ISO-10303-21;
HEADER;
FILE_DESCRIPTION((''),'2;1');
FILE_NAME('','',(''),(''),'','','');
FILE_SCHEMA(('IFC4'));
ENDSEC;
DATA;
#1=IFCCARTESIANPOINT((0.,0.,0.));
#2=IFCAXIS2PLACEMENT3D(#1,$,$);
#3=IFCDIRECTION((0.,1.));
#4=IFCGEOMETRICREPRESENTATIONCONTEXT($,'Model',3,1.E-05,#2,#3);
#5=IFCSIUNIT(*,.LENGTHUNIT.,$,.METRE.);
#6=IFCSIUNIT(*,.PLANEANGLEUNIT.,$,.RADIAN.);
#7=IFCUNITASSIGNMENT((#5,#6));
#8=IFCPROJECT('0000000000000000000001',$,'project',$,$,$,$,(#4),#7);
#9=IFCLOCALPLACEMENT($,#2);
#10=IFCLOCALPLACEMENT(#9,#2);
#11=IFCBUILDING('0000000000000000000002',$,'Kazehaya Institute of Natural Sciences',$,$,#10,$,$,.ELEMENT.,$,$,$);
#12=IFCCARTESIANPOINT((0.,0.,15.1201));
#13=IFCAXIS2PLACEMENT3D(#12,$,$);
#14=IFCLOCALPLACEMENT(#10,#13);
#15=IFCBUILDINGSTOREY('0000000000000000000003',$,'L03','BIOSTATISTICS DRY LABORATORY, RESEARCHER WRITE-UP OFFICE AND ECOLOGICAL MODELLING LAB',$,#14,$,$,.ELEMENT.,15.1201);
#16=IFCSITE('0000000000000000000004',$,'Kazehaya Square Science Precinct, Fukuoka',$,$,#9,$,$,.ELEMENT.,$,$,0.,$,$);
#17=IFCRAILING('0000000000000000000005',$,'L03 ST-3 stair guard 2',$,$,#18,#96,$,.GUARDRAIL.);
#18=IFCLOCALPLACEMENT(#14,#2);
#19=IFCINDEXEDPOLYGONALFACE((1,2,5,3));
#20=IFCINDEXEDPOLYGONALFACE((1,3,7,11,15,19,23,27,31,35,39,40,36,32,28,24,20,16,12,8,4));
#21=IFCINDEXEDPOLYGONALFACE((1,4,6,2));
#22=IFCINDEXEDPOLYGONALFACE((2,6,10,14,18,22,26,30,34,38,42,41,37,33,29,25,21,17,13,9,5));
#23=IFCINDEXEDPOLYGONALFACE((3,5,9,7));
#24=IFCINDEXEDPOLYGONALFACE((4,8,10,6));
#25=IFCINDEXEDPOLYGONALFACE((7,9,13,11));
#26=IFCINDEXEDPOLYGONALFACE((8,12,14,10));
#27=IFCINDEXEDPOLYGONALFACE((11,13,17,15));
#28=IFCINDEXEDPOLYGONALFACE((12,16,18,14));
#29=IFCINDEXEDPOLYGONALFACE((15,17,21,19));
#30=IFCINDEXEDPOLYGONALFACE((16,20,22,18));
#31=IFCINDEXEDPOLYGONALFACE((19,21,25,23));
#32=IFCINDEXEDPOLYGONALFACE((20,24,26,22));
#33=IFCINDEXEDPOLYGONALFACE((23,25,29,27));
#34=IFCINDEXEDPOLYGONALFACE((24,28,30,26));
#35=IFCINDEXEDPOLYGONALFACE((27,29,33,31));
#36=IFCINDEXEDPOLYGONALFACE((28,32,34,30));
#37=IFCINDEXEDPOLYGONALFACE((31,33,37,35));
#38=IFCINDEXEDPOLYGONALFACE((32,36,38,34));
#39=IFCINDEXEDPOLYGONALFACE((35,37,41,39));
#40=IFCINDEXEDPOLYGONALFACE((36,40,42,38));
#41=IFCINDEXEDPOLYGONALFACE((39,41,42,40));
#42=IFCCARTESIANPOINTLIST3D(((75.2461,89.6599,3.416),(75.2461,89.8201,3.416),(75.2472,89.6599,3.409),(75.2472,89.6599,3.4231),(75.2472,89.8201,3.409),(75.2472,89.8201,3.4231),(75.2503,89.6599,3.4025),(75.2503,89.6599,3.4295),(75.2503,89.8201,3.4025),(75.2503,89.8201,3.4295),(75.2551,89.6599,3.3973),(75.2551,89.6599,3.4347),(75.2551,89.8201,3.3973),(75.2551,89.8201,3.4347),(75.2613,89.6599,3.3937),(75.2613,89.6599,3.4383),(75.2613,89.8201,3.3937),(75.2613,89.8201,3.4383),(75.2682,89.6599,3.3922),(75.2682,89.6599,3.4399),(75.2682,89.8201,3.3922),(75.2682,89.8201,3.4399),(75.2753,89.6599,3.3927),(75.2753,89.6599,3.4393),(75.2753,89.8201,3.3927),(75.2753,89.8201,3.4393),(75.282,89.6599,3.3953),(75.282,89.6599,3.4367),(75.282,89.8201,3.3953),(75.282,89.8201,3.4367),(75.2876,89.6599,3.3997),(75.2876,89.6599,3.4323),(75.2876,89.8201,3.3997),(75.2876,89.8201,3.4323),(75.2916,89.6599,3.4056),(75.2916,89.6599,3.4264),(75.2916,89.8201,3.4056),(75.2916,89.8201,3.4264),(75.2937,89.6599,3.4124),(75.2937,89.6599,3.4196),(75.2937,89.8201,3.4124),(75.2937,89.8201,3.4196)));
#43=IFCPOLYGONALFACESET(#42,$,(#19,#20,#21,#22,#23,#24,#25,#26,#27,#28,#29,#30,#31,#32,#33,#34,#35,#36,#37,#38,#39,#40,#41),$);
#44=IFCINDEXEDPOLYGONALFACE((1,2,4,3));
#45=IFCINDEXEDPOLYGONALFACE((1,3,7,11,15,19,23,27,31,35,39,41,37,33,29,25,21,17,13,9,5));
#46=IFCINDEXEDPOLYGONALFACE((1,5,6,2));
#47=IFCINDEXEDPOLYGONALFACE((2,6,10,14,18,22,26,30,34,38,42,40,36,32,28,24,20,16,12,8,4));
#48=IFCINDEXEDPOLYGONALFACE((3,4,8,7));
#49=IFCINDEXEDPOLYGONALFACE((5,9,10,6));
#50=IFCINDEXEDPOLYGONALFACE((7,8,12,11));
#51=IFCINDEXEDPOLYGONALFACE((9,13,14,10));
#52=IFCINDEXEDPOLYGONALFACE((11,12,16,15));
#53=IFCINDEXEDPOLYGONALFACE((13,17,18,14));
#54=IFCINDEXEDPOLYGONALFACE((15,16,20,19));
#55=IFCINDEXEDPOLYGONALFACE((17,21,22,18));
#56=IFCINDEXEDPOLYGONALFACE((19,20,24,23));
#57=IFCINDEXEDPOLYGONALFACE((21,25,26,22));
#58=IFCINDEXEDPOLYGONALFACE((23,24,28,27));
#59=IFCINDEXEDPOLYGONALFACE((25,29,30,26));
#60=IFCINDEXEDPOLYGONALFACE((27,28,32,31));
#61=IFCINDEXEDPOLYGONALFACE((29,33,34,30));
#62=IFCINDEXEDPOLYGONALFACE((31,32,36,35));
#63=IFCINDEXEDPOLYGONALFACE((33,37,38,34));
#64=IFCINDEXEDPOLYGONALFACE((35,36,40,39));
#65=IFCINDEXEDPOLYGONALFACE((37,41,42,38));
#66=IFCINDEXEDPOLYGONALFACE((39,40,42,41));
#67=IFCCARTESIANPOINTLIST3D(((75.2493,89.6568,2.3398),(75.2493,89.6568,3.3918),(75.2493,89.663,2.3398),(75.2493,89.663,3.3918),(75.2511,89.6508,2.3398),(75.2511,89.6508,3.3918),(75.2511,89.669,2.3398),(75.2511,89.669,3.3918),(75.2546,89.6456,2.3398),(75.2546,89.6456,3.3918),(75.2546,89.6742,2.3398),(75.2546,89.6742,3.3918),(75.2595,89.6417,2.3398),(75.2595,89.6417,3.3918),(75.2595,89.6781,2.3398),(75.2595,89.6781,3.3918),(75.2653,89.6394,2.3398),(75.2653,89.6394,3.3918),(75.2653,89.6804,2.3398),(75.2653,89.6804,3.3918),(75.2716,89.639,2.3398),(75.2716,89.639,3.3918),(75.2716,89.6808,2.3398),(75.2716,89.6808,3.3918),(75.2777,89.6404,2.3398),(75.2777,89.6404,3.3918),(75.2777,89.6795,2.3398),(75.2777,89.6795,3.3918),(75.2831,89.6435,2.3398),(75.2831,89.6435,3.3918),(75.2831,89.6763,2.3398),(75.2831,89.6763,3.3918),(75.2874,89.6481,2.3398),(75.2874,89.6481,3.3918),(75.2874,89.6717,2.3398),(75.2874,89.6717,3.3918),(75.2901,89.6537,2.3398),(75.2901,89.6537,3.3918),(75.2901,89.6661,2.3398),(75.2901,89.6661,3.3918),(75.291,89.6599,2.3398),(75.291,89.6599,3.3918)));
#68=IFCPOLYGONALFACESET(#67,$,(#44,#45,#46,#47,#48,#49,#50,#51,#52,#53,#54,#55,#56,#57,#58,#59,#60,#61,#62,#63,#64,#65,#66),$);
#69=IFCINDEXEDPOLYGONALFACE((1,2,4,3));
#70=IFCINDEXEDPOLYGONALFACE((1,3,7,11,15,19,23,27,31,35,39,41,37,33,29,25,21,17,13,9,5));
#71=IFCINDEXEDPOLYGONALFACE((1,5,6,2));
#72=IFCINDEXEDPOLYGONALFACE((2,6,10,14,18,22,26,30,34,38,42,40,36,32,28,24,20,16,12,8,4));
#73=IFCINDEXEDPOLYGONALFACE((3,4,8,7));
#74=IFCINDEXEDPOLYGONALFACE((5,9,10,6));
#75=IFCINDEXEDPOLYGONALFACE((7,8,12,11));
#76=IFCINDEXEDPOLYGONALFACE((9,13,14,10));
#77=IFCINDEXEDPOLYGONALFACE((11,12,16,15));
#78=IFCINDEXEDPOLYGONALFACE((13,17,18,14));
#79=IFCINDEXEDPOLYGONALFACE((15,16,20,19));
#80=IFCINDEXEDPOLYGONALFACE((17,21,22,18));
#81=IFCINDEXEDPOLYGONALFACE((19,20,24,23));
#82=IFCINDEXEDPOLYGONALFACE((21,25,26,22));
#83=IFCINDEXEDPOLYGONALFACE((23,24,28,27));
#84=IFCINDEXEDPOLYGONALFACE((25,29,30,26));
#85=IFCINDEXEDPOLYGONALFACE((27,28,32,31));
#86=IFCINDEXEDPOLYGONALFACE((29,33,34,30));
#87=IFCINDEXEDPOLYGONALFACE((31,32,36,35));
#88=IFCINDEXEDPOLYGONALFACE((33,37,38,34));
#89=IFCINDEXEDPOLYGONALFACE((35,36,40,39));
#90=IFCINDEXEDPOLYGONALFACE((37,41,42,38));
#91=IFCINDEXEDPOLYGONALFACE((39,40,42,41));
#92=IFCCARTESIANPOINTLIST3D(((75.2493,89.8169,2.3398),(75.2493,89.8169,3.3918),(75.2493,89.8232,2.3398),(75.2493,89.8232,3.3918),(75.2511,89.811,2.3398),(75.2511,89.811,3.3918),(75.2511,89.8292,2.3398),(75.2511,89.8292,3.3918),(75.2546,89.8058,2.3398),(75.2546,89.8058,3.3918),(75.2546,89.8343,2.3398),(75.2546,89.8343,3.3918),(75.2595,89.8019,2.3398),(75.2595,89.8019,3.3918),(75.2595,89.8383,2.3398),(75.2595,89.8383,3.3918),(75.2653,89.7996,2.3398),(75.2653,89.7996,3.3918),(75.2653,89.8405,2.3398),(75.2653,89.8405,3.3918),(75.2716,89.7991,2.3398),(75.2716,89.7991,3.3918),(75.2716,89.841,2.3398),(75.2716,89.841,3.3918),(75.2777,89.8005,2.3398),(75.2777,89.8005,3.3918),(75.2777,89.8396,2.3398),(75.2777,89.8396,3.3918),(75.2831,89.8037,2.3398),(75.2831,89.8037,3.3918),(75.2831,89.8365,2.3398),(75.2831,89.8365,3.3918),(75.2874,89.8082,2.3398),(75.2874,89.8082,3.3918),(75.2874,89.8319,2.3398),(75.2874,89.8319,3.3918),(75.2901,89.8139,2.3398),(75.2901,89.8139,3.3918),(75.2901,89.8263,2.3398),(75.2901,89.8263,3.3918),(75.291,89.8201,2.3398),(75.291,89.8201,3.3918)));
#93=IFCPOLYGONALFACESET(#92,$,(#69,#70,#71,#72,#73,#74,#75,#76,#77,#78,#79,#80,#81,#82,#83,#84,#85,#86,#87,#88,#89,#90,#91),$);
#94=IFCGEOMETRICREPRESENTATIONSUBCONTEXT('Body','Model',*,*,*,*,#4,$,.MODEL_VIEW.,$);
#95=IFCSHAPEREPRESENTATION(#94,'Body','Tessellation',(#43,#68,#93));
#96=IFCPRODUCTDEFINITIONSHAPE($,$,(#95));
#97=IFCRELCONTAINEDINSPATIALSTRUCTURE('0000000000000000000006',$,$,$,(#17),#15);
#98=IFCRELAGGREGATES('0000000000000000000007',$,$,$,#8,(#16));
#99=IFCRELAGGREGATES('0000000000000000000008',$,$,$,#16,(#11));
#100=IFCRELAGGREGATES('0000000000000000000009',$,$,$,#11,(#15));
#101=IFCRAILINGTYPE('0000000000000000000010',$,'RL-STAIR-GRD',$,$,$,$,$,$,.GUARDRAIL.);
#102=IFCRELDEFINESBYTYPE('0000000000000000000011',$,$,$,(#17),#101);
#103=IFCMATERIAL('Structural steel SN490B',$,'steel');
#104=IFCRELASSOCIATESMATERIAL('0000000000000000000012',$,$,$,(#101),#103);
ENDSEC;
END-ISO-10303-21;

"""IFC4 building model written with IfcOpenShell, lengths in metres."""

from ifc_helpers import new_model, si_unit, direction, frame, origin, origin_2d, place, context, subcontext, project, spatial, circle, extrude, material, type_object, element, save


model = new_model("IFC4")

# Units and contexts
model_context = context("Model", 3, precision=1e-05, world=origin(), true_north=direction((0.0, 1.0)))
body_context = subcontext(model_context, "Body", "Model", "MODEL_VIEW")
ifc_project = project(units=[si_unit("LENGTHUNIT", "METRE"), si_unit("PLANEANGLEUNIT", "RADIAN")], contexts=[model_context])

# Site, building, storey
site_placement = place(None, origin())
site = spatial("IfcSite", under=ifc_project, at=site_placement, Name="Kazehaya Square Science Precinct, Fukuoka", CompositionType="ELEMENT", RefElevation=0.0)
building_placement = place(site_placement, origin())
building = spatial("IfcBuilding", under=site, at=building_placement, Name="Kazehaya Institute of Natural Sciences", CompositionType="ELEMENT")
storey_placement = place(building_placement, frame((0.0, 0.0, 15.1201)))
storey = spatial("IfcBuildingStorey", under=building, at=storey_placement, Name="L03", Description="BIOSTATISTICS DRY LABORATORY, RESEARCHER WRITE-UP OFFICE AND ECOLOGICAL MODELLING LAB", CompositionType="ELEMENT", Elevation=15.1201)

# Railing
ifc_material_1 = material(Name="Structural steel SN490B", Category="steel")
railing_type_1 = type_object("IfcRailingType", Name="RL-STAIR-GRD", PredefinedType="GUARDRAIL", material=ifc_material_1)
railing_1_placement = place(storey_placement, frame((75.27, 89.6599, 2.3398)))
element("IfcRailing", 1, at=railing_1_placement, inside=storey, type_object=railing_type_1, Name="L03 ST-3 stair guard 2", PredefinedType="GUARDRAIL", context=body_context, shape_type="SweptSolid", body=[
    extrude(circle(Radius=0.0239, at=origin_2d()), frame((0.0, 0.0, 1.0762), z_axis=(0.0, 1.0, 0.0), x_axis=(-1.0, 0.0, 0.0)), (0.0, 0.0, 1.0), 0.1602),
    extrude(circle(Radius=0.021, at=origin_2d()), origin(), (0.0, 0.0, 1.0), 1.052),
    extrude(circle(Radius=0.021, at=origin_2d()), frame((0.0, 0.1602, 0.0)), (0.0, 0.0, 1.0), 1.052),
])

save(model, "model.ifc")
